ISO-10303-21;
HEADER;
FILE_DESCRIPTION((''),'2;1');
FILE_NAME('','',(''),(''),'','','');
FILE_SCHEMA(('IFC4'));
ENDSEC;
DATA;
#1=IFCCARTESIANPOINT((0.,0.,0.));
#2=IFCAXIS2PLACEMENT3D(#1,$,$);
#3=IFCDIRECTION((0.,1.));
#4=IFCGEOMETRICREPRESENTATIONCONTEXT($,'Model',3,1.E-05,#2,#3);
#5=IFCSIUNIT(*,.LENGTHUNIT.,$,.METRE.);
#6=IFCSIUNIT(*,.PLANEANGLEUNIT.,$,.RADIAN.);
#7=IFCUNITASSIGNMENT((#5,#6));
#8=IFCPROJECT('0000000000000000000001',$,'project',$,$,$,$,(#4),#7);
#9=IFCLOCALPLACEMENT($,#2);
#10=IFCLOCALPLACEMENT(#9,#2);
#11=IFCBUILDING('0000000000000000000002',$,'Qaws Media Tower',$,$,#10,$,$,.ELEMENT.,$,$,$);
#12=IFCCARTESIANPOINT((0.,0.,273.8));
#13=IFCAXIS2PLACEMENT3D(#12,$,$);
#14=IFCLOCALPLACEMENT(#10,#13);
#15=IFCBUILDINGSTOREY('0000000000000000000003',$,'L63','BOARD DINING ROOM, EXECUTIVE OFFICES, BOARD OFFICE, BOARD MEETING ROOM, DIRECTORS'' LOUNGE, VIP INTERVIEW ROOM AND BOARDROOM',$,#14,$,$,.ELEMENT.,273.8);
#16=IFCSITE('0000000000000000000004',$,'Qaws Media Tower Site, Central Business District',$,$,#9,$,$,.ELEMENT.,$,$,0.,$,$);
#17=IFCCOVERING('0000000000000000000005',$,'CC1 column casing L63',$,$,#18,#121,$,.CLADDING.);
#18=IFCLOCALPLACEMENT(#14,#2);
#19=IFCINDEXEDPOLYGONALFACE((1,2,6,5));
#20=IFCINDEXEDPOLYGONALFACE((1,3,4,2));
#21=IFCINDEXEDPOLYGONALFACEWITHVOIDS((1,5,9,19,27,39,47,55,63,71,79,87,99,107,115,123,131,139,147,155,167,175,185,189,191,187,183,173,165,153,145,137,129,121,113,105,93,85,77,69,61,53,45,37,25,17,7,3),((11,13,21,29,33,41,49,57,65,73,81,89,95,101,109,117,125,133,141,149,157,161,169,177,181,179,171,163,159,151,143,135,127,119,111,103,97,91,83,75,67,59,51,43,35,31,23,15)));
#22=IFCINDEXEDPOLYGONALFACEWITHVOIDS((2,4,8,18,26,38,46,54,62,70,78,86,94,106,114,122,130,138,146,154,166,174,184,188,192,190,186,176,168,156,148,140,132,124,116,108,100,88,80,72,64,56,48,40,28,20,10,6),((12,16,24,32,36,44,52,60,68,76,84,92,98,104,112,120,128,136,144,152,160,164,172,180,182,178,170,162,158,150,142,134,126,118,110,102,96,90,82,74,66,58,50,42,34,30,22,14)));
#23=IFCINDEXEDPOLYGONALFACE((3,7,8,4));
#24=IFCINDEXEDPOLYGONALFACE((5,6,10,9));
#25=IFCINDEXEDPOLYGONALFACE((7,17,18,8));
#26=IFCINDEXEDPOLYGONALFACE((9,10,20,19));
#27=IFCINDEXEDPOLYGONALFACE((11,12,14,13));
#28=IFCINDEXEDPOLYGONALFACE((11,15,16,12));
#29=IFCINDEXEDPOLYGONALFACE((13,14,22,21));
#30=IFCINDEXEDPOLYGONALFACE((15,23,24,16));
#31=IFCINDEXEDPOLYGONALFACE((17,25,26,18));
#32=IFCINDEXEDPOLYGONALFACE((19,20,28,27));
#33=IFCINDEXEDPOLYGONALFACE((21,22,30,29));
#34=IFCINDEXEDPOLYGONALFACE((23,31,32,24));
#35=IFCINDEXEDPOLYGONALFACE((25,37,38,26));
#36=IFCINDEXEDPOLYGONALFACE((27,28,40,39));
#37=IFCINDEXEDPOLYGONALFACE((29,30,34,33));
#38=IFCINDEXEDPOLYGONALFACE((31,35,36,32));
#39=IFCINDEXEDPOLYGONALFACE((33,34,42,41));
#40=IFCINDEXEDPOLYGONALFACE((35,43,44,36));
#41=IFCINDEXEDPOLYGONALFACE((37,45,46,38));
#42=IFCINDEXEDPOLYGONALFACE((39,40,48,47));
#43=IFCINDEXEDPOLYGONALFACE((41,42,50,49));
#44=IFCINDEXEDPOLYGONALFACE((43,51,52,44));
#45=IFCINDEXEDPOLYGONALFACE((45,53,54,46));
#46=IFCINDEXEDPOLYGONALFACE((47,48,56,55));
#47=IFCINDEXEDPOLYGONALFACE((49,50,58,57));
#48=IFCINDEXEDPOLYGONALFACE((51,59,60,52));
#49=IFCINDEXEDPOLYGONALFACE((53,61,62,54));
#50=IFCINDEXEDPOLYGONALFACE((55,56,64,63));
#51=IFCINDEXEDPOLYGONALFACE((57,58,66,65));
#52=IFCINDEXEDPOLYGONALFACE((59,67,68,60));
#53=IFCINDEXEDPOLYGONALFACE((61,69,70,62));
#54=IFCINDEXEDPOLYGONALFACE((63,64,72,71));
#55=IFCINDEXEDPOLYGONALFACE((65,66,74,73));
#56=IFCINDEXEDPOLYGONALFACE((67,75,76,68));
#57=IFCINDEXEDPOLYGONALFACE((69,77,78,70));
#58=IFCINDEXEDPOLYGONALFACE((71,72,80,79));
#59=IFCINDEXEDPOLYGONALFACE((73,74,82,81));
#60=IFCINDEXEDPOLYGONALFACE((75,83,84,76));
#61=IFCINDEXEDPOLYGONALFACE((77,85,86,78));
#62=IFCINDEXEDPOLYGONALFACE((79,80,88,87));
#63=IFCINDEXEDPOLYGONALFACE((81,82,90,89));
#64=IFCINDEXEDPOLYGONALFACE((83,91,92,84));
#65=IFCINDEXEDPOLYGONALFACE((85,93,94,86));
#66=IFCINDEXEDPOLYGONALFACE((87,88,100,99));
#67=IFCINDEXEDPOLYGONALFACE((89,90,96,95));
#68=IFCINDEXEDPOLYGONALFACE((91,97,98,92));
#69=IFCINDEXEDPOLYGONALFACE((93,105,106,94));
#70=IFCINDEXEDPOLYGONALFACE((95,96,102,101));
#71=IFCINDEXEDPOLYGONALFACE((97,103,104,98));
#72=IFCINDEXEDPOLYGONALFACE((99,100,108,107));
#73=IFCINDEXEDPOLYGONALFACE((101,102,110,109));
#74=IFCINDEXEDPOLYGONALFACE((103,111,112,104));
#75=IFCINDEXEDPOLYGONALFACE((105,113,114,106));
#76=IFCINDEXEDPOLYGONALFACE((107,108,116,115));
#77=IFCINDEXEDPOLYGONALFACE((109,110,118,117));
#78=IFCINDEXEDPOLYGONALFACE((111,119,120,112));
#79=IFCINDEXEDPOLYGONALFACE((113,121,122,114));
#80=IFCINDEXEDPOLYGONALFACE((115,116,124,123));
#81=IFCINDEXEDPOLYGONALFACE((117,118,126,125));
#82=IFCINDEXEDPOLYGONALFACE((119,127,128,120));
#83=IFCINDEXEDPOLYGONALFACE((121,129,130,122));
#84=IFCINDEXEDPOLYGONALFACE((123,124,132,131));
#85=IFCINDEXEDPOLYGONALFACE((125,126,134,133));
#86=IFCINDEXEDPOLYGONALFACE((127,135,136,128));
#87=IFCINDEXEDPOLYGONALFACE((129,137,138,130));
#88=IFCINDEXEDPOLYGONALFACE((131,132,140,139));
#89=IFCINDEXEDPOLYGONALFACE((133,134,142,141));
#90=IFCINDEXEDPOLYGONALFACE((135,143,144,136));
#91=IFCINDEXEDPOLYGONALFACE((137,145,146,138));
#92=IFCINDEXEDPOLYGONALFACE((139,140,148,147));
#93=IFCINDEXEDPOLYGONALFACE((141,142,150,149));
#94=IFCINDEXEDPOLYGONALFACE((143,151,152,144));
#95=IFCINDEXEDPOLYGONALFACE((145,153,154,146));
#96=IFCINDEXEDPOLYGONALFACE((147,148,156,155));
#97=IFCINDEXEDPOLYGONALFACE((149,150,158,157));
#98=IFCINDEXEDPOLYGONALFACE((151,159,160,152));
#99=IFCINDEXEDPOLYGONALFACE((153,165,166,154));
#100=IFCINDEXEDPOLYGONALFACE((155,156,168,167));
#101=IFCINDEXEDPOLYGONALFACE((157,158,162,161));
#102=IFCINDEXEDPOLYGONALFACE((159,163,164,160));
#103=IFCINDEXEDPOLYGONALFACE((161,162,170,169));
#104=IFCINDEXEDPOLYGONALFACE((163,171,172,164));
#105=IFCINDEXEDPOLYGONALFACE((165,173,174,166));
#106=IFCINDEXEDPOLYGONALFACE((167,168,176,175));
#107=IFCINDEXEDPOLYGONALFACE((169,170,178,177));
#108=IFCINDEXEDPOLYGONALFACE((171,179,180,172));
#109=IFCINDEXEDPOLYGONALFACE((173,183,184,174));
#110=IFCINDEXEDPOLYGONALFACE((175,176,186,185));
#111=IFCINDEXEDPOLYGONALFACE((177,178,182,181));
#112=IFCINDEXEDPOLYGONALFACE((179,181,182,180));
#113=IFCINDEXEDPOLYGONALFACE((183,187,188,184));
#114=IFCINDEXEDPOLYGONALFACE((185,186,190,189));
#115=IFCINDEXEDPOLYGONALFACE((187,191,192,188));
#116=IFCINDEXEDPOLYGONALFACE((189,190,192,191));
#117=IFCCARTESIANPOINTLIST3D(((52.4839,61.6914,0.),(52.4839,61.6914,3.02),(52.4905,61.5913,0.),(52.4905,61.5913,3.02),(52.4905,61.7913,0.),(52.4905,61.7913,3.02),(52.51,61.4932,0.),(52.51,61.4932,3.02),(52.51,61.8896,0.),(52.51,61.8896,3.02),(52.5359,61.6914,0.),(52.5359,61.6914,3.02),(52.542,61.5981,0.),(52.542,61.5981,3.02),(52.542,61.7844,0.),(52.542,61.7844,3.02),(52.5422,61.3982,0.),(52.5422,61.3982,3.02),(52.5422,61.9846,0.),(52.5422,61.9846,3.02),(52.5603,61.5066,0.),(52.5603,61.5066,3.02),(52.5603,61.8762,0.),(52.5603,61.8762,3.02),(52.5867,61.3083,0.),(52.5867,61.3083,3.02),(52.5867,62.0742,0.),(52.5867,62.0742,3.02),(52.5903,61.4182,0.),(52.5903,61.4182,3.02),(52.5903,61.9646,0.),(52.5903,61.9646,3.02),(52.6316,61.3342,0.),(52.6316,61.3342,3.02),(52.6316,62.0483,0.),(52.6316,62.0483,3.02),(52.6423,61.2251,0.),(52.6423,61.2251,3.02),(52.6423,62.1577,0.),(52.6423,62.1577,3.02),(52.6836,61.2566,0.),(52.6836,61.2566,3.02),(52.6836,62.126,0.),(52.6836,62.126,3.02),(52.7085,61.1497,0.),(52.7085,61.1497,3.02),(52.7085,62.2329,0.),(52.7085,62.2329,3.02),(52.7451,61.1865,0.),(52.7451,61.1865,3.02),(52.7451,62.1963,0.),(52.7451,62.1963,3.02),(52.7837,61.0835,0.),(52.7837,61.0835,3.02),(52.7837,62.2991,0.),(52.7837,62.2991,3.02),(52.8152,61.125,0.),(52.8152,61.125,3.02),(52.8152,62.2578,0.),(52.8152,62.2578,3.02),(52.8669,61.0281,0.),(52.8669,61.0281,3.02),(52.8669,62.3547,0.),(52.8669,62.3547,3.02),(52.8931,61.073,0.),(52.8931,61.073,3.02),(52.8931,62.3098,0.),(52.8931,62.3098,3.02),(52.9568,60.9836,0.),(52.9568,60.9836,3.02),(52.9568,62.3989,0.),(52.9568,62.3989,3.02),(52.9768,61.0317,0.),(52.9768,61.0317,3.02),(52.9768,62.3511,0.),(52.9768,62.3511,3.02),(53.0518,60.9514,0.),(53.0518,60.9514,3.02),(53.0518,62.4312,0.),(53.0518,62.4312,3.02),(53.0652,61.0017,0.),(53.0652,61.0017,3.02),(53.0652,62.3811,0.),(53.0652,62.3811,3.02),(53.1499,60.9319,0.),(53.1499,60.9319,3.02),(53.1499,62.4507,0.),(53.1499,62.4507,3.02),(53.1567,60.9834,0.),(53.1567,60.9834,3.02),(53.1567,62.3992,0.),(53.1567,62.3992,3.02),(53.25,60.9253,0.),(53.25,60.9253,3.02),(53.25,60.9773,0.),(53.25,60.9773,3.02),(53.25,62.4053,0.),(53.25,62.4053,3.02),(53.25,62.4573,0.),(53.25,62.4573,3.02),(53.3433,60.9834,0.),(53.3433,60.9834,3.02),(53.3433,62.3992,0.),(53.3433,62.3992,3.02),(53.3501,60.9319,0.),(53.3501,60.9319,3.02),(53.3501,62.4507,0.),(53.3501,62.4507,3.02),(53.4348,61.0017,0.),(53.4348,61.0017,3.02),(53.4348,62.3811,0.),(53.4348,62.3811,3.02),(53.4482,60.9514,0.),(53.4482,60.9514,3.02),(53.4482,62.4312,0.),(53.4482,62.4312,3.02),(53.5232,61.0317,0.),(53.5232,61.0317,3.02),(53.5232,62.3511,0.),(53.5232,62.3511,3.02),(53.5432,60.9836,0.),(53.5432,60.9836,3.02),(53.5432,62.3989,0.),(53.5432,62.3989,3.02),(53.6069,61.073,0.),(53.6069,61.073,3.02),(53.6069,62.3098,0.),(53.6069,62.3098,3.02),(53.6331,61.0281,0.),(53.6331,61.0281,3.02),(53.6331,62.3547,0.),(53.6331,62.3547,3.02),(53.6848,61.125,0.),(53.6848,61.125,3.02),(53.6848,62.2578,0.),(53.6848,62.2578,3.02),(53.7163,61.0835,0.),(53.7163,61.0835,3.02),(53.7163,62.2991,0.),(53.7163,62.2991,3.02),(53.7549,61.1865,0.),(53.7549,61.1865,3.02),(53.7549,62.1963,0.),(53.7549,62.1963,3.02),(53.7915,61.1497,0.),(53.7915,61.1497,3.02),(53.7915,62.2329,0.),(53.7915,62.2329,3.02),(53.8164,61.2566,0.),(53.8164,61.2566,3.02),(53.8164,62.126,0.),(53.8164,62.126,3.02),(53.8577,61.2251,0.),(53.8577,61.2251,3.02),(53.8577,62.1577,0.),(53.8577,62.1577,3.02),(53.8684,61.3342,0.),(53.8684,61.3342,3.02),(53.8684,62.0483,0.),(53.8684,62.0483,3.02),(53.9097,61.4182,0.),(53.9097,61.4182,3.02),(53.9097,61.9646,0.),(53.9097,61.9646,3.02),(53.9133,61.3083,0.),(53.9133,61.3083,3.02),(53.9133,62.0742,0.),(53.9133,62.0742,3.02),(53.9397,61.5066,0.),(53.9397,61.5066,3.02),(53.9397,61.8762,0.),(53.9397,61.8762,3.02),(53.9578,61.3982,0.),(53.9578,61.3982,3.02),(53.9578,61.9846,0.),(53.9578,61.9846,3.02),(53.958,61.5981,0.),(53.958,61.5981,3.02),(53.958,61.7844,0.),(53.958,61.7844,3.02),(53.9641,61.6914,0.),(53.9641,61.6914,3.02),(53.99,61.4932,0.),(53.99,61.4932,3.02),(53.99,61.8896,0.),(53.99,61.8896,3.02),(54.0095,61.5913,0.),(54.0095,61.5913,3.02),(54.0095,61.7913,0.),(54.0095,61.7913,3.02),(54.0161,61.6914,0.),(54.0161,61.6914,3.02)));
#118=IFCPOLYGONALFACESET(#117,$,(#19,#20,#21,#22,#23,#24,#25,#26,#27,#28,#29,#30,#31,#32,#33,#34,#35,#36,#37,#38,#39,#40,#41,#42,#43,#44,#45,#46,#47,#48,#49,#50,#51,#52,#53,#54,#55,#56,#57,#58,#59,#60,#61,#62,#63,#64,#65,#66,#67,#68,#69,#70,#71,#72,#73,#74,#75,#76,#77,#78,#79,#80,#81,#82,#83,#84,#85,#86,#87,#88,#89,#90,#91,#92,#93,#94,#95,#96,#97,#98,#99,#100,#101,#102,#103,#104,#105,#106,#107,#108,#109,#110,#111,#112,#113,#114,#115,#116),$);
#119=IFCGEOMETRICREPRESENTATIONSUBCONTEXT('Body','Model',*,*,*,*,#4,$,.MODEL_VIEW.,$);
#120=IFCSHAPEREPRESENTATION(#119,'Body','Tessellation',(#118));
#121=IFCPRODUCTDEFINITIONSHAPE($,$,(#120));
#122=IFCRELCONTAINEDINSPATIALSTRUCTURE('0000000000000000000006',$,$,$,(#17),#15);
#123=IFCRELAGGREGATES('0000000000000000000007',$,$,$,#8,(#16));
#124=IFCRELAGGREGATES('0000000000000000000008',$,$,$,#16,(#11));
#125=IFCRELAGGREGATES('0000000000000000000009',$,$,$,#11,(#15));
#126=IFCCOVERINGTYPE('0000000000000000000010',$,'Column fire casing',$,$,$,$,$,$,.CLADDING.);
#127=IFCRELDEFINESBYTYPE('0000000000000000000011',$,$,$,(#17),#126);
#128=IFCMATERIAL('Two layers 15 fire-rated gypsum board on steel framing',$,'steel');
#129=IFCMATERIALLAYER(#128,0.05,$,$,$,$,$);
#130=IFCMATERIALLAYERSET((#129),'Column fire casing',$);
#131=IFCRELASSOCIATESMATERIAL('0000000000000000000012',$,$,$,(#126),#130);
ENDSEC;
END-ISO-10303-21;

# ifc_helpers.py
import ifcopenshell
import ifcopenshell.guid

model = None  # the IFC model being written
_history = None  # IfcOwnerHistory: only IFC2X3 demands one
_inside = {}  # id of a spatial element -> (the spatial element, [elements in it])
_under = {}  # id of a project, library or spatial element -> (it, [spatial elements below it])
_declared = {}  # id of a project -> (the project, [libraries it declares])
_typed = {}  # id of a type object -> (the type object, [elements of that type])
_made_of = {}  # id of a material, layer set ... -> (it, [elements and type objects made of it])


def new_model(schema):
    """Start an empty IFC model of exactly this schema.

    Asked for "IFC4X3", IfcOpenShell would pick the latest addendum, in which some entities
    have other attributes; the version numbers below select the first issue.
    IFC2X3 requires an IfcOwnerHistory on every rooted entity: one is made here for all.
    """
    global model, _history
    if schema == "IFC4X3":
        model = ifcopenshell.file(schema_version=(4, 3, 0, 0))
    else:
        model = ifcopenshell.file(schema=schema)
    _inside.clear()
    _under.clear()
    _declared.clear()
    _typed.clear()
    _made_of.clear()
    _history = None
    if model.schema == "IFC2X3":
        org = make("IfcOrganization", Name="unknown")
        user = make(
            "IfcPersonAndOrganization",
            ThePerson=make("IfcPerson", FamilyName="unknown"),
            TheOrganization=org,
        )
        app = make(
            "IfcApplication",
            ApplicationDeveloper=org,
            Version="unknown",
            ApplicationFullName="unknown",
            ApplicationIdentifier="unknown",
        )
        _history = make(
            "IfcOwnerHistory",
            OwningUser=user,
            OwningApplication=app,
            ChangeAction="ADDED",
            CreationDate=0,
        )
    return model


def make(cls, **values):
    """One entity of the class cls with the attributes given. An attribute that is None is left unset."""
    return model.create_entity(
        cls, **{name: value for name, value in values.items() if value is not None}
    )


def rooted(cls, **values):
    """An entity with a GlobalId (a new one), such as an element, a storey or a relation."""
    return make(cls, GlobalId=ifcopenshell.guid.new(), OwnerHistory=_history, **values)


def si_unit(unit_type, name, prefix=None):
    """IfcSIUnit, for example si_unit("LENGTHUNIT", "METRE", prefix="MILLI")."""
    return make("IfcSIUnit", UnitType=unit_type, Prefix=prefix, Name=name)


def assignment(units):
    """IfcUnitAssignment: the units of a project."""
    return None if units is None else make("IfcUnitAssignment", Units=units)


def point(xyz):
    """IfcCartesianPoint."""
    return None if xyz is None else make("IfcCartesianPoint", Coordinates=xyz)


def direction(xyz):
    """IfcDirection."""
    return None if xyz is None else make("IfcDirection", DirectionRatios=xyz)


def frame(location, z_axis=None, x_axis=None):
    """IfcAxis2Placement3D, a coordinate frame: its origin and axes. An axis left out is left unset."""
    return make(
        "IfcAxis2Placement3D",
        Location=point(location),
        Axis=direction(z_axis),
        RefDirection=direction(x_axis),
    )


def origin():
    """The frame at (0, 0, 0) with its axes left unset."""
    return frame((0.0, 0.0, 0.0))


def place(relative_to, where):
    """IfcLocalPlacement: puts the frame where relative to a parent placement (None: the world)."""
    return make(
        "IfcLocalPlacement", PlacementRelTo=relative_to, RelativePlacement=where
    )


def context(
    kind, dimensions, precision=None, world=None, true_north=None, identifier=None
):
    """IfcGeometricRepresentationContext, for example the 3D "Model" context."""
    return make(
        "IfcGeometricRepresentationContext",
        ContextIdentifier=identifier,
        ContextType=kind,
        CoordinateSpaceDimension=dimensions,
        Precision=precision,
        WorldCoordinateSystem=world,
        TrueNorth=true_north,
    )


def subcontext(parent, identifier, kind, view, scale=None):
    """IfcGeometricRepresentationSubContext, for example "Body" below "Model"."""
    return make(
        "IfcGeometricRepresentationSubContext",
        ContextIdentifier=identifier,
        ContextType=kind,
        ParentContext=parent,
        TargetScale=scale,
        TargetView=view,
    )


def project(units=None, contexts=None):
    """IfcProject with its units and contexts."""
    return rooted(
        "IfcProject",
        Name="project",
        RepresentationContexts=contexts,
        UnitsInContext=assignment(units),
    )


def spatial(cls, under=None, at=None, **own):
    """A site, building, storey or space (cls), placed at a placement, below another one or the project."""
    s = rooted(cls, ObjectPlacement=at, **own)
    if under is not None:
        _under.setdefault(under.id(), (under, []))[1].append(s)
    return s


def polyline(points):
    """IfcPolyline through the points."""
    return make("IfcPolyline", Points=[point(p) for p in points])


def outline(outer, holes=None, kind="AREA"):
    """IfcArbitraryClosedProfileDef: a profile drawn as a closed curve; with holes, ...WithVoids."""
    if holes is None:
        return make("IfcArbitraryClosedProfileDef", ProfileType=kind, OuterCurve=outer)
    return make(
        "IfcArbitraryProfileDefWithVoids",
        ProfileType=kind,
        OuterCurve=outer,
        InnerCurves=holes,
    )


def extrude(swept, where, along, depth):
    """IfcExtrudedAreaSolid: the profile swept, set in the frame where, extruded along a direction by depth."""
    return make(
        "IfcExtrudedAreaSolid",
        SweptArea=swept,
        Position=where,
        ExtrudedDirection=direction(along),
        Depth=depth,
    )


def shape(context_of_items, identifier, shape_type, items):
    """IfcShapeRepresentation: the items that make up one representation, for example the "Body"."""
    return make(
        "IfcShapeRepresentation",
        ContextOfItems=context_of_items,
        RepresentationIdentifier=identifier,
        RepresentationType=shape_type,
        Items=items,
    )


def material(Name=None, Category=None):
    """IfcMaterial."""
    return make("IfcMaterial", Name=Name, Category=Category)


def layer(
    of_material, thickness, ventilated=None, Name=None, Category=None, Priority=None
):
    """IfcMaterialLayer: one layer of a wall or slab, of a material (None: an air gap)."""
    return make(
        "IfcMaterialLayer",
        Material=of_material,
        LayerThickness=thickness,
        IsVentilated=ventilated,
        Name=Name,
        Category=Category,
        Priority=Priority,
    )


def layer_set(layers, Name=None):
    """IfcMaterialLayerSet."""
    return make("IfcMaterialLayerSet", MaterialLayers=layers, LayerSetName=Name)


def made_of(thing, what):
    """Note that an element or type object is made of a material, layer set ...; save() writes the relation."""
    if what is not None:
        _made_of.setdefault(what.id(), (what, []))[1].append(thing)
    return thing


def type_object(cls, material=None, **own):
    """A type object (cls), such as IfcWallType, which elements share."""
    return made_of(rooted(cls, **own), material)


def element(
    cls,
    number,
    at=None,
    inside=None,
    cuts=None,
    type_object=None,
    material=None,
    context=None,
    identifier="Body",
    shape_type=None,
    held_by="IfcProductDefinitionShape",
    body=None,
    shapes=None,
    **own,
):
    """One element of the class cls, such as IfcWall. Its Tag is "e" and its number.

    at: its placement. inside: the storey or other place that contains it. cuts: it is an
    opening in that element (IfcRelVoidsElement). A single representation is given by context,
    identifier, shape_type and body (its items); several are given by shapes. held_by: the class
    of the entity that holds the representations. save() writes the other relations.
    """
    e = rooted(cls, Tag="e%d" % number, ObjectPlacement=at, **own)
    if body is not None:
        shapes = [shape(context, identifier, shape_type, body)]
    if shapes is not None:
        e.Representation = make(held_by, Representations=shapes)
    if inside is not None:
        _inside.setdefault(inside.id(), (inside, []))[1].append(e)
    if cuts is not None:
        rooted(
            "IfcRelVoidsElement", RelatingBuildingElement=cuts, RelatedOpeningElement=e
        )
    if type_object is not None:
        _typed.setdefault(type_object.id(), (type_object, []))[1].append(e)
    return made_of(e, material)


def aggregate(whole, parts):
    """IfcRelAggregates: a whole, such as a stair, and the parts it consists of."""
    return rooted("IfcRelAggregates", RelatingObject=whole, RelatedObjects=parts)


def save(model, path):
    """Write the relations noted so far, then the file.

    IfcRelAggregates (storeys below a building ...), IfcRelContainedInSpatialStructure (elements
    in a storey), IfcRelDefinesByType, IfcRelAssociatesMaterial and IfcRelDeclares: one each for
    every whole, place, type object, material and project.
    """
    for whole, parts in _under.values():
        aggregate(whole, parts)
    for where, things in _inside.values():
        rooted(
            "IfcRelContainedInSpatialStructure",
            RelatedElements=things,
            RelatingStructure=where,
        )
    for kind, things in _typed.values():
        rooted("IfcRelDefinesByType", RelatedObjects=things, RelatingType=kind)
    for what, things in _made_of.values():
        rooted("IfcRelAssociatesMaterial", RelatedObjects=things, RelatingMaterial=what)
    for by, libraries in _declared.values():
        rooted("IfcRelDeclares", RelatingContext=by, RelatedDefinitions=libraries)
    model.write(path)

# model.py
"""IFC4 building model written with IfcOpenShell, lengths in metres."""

from ifc_helpers import new_model, si_unit, direction, frame, origin, place, context, subcontext, project, spatial, polyline, outline, extrude, material, layer, layer_set, type_object, element, save


model = new_model("IFC4")

# Units and contexts
model_context = context("Model", 3, precision=1e-05, world=origin(), true_north=direction((0.0, 1.0)))
body_context = subcontext(model_context, "Body", "Model", "MODEL_VIEW")
ifc_project = project(units=[si_unit("LENGTHUNIT", "METRE"), si_unit("PLANEANGLEUNIT", "RADIAN")], contexts=[model_context])

# Site, building, storey
site_placement = place(None, origin())
site = spatial("IfcSite", under=ifc_project, at=site_placement, Name="Qaws Media Tower Site, Central Business District", CompositionType="ELEMENT", RefElevation=0.0)
building_placement = place(site_placement, origin())
building = spatial("IfcBuilding", under=site, at=building_placement, Name="Qaws Media Tower", CompositionType="ELEMENT")
storey_placement = place(building_placement, frame((0.0, 0.0, 273.8)))
storey = spatial("IfcBuildingStorey", under=building, at=storey_placement, Name="L63", Description="BOARD DINING ROOM, EXECUTIVE OFFICES, BOARD OFFICE, BOARD MEETING ROOM, DIRECTORS' LOUNGE, VIP INTERVIEW ROOM AND BOARDROOM", CompositionType="ELEMENT", Elevation=273.8)

# Covering
ifc_material_1 = material(Name="Two layers 15 fire-rated gypsum board on steel framing", Category="steel")
ifc_layer_1 = layer(ifc_material_1, 0.05)
ifc_layer_set_1 = layer_set([ifc_layer_1], Name="Column fire casing")
covering_type = type_object("IfcCoveringType", Name="Column fire casing", PredefinedType="CLADDING", material=ifc_layer_set_1)
covering_1_placement = place(storey_placement, origin())
element("IfcCovering", 1, at=covering_1_placement, inside=storey, type_object=covering_type, Name="CC1 column casing L63", PredefinedType="CLADDING", context=body_context, shape_type="SweptSolid", body=[
    extrude(outline(polyline([(54.0161, 61.6914), (54.0095, 61.5913), (53.99, 61.4932), (53.9578, 61.3982), (53.9133, 61.3083), (53.8577, 61.2251), (53.7915, 61.1497), (53.7163, 61.0835), (53.6331, 61.0281), (53.5432, 60.9836), (53.4482, 60.9514), (53.3501, 60.9319), (53.25, 60.9253), (53.1499, 60.9319), (53.0518, 60.9514), (52.9568, 60.9836), (52.8669, 61.0281), (52.7837, 61.0835), (52.7085, 61.1497), (52.6423, 61.2251), (52.5867, 61.3083), (52.5422, 61.3982), (52.51, 61.4932), (52.4905, 61.5913), (52.4839, 61.6914), (52.4905, 61.7913), (52.51, 61.8896), (52.5422, 61.9846), (52.5867, 62.0742), (52.6423, 62.1577), (52.7085, 62.2329), (52.7837, 62.2991), (52.8669, 62.3547), (52.9568, 62.3989), (53.0518, 62.4312), (53.1499, 62.4507), (53.25, 62.4573), (53.3501, 62.4507), (53.4482, 62.4312), (53.5432, 62.3989), (53.6331, 62.3547), (53.7163, 62.2991), (53.7915, 62.2329), (53.8577, 62.1577), (53.9133, 62.0742), (53.9578, 61.9846), (53.99, 61.8896), (54.0095, 61.7913), (54.0161, 61.6914)]), holes=[polyline([(53.9641, 61.6914), (53.958, 61.5981), (53.9397, 61.5066), (53.9097, 61.4182), (53.8684, 61.3342), (53.8164, 61.2566), (53.7549, 61.1865), (53.6848, 61.125), (53.6069, 61.073), (53.5232, 61.0317), (53.4348, 61.0017), (53.3433, 60.9834), (53.25, 60.9773), (53.1567, 60.9834), (53.0652, 61.0017), (52.9768, 61.0317), (52.8931, 61.073), (52.8152, 61.125), (52.7451, 61.1865), (52.6836, 61.2566), (52.6316, 61.3342), (52.5903, 61.4182), (52.5603, 61.5066), (52.542, 61.5981), (52.5359, 61.6914), (52.542, 61.7844), (52.5603, 61.8762), (52.5903, 61.9646), (52.6316, 62.0483), (52.6836, 62.126), (52.7451, 62.1963), (52.8152, 62.2578), (52.8931, 62.3098), (52.9768, 62.3511), (53.0652, 62.3811), (53.1567, 62.3992), (53.25, 62.4053), (53.3433, 62.3992), (53.4348, 62.3811), (53.5232, 62.3511), (53.6069, 62.3098), (53.6848, 62.2578), (53.7549, 62.1963), (53.8164, 62.126), (53.8684, 62.0483), (53.9097, 61.9646), (53.9397, 61.8762), (53.958, 61.7844), (53.9641, 61.6914)])]), origin(), (0.0, 0.0, 1.0), 3.02),
])

save(model, "model.ifc")
